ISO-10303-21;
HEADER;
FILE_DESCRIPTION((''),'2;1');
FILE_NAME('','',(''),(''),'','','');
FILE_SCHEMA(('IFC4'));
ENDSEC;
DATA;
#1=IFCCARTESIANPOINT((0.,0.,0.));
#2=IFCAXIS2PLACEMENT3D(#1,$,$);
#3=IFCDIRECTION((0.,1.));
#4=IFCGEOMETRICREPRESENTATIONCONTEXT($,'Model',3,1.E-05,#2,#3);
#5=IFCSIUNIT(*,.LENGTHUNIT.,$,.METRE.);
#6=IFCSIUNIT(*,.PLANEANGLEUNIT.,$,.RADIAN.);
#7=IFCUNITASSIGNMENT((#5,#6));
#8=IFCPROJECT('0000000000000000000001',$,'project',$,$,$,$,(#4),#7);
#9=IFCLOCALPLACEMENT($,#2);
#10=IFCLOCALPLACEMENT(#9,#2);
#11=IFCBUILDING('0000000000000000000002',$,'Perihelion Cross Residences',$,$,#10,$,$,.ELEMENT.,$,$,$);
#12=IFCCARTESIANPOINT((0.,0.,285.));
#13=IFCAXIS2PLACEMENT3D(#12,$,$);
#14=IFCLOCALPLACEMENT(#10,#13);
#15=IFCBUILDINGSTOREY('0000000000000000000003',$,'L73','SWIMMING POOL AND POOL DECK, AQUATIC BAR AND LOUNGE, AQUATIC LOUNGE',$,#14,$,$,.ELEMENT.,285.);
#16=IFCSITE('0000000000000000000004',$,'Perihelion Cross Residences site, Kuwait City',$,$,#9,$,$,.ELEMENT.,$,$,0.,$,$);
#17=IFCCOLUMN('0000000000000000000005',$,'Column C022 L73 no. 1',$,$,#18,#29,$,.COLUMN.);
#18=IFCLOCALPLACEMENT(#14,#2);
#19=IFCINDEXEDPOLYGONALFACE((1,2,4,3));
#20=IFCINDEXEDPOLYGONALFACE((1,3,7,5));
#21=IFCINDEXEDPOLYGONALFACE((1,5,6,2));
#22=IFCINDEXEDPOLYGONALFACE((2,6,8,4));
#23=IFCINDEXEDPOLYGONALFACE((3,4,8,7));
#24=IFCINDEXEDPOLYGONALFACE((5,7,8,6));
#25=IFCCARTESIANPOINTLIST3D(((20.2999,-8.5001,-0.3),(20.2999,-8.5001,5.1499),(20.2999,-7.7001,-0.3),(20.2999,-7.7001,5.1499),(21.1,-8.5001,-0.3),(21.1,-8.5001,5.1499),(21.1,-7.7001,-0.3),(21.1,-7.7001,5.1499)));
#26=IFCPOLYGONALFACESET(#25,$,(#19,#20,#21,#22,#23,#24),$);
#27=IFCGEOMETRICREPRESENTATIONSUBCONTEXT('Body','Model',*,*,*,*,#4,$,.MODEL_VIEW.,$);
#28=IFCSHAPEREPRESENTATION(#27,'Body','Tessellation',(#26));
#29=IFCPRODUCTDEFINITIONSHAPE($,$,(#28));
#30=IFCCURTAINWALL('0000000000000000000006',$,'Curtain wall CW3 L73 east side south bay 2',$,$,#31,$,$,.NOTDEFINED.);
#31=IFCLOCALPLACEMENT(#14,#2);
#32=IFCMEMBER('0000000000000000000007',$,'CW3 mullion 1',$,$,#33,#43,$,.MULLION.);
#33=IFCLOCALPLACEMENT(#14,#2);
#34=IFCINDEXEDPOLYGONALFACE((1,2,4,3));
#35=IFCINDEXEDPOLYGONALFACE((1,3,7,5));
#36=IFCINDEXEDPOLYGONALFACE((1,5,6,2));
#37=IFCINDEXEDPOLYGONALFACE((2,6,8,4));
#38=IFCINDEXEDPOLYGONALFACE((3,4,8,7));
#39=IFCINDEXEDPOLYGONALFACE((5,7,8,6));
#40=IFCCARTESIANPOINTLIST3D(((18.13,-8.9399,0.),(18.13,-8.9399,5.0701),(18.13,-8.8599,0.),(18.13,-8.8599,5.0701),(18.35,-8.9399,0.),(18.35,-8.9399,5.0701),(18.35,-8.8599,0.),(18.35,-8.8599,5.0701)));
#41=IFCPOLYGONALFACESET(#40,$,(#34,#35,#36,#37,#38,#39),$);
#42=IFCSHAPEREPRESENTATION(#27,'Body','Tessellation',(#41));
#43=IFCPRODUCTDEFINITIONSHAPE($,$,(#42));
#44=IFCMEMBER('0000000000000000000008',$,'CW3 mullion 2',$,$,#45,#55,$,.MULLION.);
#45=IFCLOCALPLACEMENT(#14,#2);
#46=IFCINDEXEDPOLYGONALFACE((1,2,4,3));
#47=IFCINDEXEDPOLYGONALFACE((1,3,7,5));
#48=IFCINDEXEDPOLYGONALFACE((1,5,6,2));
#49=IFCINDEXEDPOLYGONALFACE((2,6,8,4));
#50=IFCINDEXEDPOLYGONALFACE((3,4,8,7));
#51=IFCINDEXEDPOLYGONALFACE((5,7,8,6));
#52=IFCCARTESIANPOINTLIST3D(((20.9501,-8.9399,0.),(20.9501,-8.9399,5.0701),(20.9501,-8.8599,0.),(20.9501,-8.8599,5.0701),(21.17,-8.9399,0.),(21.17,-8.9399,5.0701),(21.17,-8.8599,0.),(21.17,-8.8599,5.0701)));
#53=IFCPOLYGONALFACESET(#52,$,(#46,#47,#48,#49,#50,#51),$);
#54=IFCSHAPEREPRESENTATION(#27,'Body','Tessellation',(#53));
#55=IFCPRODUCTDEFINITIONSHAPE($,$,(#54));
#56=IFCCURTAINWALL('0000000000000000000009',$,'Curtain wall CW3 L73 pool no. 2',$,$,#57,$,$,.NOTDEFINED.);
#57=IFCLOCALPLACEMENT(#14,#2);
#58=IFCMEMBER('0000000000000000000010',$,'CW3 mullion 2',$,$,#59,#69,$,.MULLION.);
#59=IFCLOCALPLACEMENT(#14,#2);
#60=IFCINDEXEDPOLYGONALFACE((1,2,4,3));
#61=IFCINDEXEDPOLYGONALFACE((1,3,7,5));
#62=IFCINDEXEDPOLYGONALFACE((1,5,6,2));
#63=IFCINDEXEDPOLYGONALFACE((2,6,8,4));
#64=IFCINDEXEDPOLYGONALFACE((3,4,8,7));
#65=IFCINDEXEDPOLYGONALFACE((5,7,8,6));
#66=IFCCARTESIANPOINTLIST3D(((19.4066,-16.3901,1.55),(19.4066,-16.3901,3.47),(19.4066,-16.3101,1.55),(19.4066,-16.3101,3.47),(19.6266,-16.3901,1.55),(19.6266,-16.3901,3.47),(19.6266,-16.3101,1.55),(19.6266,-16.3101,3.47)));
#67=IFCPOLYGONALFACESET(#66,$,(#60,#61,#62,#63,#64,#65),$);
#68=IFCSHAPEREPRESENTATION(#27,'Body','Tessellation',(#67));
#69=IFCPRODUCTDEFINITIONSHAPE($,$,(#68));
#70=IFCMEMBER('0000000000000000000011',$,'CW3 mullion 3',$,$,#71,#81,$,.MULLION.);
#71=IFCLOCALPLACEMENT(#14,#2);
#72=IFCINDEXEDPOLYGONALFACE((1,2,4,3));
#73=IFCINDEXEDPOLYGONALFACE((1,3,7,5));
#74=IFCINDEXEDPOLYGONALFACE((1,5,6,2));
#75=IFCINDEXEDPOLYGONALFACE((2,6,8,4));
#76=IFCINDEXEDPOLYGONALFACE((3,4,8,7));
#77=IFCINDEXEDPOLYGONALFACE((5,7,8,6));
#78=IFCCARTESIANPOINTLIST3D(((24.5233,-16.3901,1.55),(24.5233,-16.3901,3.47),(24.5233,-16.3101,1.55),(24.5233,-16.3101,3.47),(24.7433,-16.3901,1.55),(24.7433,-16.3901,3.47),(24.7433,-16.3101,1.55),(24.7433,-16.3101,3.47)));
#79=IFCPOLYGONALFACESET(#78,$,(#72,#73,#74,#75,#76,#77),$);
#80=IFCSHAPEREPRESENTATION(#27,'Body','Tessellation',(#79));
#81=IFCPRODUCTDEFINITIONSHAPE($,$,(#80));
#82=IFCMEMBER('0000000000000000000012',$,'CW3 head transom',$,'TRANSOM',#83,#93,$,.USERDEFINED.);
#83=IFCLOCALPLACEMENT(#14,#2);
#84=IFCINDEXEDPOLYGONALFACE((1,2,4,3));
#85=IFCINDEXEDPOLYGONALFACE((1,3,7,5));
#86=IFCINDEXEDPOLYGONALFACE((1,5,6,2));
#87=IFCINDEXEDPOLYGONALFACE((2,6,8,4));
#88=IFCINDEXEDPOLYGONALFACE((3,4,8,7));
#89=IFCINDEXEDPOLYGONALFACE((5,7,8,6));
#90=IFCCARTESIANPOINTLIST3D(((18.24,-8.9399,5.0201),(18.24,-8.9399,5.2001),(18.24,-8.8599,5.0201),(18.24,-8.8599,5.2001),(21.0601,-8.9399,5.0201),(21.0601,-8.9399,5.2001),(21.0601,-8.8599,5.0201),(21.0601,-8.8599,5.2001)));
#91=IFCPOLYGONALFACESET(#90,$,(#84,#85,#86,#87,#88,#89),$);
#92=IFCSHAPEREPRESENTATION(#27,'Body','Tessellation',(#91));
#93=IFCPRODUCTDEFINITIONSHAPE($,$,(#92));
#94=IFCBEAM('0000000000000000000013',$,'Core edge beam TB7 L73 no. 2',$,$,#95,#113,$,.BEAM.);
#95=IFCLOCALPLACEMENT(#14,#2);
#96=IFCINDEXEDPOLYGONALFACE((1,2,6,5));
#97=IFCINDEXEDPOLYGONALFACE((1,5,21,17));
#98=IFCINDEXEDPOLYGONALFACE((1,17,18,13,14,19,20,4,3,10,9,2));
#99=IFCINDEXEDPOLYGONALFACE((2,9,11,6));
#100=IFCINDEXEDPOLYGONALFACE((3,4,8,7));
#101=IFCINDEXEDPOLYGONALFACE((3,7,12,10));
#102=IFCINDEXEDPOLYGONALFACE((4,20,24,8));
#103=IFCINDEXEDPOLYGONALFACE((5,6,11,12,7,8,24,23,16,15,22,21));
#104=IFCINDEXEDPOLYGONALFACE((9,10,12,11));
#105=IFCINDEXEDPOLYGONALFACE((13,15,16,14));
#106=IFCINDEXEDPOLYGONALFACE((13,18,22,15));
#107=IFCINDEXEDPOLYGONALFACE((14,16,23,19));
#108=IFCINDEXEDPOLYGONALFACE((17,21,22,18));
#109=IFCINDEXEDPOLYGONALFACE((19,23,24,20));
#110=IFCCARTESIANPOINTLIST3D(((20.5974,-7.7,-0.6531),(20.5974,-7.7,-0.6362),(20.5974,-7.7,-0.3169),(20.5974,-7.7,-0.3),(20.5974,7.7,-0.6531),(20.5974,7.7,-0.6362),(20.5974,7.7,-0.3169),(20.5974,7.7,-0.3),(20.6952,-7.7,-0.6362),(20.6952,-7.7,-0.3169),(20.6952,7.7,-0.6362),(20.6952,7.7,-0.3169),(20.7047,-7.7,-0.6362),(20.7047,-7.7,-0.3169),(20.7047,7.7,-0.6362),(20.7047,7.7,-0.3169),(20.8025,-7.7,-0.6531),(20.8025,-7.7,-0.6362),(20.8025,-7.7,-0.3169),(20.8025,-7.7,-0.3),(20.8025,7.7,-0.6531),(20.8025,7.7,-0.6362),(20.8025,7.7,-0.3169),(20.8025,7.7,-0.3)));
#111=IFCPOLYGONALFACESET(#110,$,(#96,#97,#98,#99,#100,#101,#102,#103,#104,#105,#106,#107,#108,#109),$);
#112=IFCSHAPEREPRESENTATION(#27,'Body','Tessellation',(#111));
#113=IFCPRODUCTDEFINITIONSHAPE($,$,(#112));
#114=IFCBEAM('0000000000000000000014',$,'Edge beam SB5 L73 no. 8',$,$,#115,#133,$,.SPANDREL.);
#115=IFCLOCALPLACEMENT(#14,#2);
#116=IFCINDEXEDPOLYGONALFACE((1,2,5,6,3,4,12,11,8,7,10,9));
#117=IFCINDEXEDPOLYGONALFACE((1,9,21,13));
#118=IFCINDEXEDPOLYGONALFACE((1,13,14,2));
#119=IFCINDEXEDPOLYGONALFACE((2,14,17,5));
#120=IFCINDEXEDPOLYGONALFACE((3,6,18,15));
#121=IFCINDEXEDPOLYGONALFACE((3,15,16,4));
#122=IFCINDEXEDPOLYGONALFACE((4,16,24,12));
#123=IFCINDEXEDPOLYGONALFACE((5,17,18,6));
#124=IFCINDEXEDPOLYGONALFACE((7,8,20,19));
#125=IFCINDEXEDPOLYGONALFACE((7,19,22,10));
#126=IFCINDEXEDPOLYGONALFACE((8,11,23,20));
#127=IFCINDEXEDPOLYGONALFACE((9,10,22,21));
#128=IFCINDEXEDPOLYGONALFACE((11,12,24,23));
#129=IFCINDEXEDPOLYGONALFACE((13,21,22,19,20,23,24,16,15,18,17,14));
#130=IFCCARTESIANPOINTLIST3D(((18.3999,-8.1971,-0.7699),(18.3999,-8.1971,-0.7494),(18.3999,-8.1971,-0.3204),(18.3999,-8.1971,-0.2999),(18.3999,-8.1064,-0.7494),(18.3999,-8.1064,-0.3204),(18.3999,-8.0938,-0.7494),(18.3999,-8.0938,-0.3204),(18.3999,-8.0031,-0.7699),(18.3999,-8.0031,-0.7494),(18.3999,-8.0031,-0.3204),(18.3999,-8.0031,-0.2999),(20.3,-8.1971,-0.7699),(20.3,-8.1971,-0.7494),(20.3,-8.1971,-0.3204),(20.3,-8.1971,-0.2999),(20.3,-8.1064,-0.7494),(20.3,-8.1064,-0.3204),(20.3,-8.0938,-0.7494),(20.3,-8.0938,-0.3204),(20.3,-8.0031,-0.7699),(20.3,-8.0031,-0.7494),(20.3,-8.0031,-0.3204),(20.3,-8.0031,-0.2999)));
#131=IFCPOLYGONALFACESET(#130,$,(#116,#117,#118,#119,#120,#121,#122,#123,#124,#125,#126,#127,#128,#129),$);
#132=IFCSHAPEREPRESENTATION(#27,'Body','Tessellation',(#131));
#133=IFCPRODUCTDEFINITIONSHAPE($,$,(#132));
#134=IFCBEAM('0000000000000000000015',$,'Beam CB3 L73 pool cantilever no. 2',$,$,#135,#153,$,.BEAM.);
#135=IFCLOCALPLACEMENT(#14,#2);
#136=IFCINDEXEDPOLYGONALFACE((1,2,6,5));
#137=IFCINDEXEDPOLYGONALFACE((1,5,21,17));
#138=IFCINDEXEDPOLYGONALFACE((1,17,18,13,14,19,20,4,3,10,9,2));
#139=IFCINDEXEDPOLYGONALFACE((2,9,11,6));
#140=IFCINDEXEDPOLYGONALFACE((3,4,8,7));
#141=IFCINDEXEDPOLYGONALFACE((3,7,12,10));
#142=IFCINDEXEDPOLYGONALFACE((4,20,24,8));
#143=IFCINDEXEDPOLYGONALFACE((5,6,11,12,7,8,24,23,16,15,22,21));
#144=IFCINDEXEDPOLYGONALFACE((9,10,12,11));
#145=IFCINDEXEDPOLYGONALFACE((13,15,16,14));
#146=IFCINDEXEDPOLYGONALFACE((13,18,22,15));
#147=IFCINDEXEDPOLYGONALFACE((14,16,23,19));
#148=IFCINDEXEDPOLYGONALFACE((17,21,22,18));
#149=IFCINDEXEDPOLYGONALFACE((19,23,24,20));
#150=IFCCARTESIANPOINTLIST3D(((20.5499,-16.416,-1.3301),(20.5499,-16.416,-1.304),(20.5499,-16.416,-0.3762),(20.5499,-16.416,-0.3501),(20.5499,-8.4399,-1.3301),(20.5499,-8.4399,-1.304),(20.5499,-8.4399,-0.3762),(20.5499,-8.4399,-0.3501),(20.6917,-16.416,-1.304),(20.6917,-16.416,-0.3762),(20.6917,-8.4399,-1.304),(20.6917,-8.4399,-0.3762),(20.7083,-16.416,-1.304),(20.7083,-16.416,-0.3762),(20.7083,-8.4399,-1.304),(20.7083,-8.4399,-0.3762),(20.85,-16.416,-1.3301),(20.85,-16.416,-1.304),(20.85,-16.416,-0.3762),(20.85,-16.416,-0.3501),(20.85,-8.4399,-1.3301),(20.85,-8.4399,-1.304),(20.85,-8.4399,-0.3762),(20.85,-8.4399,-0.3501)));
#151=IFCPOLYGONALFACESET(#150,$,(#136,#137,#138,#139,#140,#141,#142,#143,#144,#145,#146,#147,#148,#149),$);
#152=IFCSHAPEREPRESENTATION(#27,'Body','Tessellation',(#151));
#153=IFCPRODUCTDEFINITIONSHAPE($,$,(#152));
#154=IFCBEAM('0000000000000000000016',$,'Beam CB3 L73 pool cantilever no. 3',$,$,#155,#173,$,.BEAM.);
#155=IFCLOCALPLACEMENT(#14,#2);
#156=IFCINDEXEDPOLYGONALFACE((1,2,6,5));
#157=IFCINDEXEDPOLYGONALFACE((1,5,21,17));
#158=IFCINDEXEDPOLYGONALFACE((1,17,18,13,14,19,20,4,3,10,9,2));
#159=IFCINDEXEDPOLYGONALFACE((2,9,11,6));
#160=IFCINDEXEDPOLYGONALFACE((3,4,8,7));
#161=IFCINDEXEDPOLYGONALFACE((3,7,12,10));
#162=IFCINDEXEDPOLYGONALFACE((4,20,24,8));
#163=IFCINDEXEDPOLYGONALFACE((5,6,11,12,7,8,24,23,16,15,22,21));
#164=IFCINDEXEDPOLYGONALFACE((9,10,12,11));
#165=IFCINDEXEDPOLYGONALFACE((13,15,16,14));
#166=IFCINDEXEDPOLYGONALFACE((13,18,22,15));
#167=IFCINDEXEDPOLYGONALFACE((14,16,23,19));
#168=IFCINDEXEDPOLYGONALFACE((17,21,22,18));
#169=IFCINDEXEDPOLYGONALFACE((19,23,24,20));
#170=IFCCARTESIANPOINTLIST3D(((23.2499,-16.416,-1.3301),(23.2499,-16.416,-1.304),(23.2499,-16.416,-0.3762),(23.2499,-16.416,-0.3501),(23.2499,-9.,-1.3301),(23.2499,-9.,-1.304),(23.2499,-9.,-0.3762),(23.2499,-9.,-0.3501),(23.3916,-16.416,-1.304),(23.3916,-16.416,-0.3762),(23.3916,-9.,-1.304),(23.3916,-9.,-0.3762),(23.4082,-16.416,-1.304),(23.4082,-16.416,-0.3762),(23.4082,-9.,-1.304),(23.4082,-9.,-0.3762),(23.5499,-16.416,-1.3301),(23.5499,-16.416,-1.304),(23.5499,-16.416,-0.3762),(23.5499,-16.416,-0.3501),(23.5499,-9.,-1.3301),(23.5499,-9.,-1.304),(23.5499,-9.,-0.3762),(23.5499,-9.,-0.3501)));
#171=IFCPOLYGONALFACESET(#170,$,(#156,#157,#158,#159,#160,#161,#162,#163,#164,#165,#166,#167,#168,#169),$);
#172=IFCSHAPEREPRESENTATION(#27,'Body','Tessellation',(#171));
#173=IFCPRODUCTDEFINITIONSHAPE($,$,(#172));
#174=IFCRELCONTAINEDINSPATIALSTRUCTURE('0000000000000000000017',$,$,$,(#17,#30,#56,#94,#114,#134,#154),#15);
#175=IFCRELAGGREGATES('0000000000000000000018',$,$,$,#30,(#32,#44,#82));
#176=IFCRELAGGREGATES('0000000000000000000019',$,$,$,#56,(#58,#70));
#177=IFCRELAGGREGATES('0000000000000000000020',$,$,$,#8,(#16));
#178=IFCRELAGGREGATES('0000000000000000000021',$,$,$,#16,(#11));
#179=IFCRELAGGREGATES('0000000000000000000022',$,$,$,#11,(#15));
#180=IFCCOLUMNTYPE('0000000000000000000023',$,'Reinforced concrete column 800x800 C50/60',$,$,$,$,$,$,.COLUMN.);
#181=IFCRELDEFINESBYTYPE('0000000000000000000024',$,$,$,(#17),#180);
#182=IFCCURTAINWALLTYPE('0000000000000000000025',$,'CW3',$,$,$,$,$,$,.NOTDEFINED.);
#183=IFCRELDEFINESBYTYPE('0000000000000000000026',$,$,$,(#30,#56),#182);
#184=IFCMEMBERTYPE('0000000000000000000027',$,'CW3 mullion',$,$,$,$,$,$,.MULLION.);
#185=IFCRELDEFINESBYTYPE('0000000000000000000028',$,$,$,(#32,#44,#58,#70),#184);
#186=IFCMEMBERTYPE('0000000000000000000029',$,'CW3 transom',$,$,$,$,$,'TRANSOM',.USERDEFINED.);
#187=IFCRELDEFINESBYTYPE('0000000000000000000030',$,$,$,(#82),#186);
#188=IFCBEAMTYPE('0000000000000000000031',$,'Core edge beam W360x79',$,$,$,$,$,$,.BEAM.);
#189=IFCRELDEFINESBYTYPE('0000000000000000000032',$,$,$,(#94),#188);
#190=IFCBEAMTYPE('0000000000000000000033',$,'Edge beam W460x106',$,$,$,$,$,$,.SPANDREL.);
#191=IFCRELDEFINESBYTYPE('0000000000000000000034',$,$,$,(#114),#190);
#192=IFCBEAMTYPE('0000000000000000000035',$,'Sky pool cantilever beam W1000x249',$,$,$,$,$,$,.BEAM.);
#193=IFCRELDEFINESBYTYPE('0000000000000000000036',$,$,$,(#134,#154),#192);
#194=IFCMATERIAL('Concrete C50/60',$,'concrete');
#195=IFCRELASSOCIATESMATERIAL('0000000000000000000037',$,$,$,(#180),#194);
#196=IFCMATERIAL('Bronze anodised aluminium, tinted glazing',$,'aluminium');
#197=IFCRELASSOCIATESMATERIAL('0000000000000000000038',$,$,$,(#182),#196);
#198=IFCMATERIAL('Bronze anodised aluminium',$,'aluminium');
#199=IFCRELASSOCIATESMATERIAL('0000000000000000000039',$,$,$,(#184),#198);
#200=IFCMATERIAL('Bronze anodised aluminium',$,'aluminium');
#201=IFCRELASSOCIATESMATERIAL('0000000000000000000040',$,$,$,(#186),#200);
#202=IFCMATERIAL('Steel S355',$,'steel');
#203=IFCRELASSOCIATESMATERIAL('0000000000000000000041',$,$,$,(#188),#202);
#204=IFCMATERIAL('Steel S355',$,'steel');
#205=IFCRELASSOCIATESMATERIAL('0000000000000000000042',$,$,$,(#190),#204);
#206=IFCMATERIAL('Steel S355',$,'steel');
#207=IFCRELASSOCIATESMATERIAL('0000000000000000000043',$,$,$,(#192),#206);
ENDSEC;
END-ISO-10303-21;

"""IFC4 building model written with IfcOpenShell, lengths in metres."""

from ifc_helpers import new_model, si_unit, direction, frame, origin, origin_2d, place, context, subcontext, project, spatial, rectangle, i_section, extrude, material, material_profile, profile_set, type_object, element, aggregate, save


model = new_model("IFC4")

# Units and contexts
model_context = context("Model", 3, precision=1e-05, world=origin(), true_north=direction((0.0, 1.0)))
body_context = subcontext(model_context, "Body", "Model", "MODEL_VIEW")
ifc_project = project(units=[si_unit("LENGTHUNIT", "METRE"), si_unit("PLANEANGLEUNIT", "RADIAN")], contexts=[model_context])

# Site, building, storey
site_placement = place(None, origin())
site = spatial("IfcSite", under=ifc_project, at=site_placement, Name="Perihelion Cross Residences site, Kuwait City", CompositionType="ELEMENT", RefElevation=0.0)
building_placement = place(site_placement, origin())
building = spatial("IfcBuilding", under=site, at=building_placement, Name="Perihelion Cross Residences", CompositionType="ELEMENT")
storey_placement = place(building_placement, frame((0.0, 0.0, 285.0)))
storey = spatial("IfcBuildingStorey", under=building, at=storey_placement, Name="L73", Description="SWIMMING POOL AND POOL DECK, AQUATIC BAR AND LOUNGE, AQUATIC LOUNGE", CompositionType="ELEMENT", Elevation=285.0)

# Column
ifc_material_1 = material(Name="Concrete C50/60", Category="concrete")
ifc_material_profile_1 = material_profile(ifc_material_1, rectangle(XDim=0.8, YDim=0.8, at=origin_2d()), Name="RC 800x800")
ifc_profile_set_1 = profile_set([ifc_material_profile_1], Name="Concrete C50/60")
column_type = type_object("IfcColumnType", Name="Reinforced concrete column 800x800 C50/60", PredefinedType="COLUMN", material=ifc_profile_set_1)
column_placement = place(storey_placement, frame((20.7, -8.1001, -0.3), z_axis=(0.0, 0.0, 1.0), x_axis=(1.0, 0.0, 0.0)))
element("IfcColumn", 1, at=column_placement, inside=storey, type_object=column_type, Name="Column C022 L73 no. 1", PredefinedType="COLUMN", context=body_context, shape_type="SweptSolid", body=[
    extrude(rectangle(XDim=0.8, YDim=0.8, at=origin_2d()), origin(), (0.0, 0.0, 1.0), 5.45),
])

# Curtain walls, members
ifc_material_2 = material(Name="Bronze anodised aluminium, tinted glazing", Category="aluminium")
curtain_wall_type = type_object("IfcCurtainWallType", Name="CW3", PredefinedType="NOTDEFINED", material=ifc_material_2)
curtain_wall_1_placement = place(storey_placement, origin())
curtain_wall_1 = element("IfcCurtainWall", 2, at=curtain_wall_1_placement, inside=storey, type_object=curtain_wall_type, Name="Curtain wall CW3 L73 east side south bay 2", PredefinedType="NOTDEFINED")
ifc_material_3 = material(Name="Bronze anodised aluminium", Category="aluminium")
ifc_material_profile_2 = material_profile(ifc_material_3, rectangle(XDim=0.0801, YDim=0.22, at=origin_2d()), Name="CW3 mullion")
ifc_profile_set_2 = profile_set([ifc_material_profile_2], Name="Bronze anodised aluminium")
member_type_1 = type_object("IfcMemberType", Name="CW3 mullion", PredefinedType="MULLION", material=ifc_profile_set_2)
member_1_placement = place(storey_placement, frame((18.24, -8.8999, 0.0), z_axis=(0.0, 0.0, 1.0), x_axis=(0.0, 1.0, 0.0)))
member_1 = element("IfcMember", 3, at=member_1_placement, type_object=member_type_1, Name="CW3 mullion 1", PredefinedType="MULLION", context=body_context, shape_type="SweptSolid", body=[
    extrude(rectangle(XDim=0.0801, YDim=0.22, at=origin_2d()), origin(), (0.0, 0.0, 1.0), 5.0701),
])
member_2_placement = place(storey_placement, frame((21.0601, -8.8999, 0.0), z_axis=(0.0, 0.0, 1.0), x_axis=(0.0, 1.0, 0.0)))
member_2 = element("IfcMember", 4, at=member_2_placement, type_object=member_type_1, Name="CW3 mullion 2", PredefinedType="MULLION", context=body_context, shape_type="SweptSolid", body=[
    extrude(rectangle(XDim=0.0801, YDim=0.22, at=origin_2d()), origin(), (0.0, 0.0, 1.0), 5.0701),
])
curtain_wall_2_placement = place(storey_placement, origin())
curtain_wall_2 = element("IfcCurtainWall", 5, at=curtain_wall_2_placement, inside=storey, type_object=curtain_wall_type, Name="Curtain wall CW3 L73 pool no. 2", PredefinedType="NOTDEFINED")
member_3_placement = place(storey_placement, frame((19.5166, -16.3501, 1.55), z_axis=(0.0, 0.0, 1.0), x_axis=(0.0, 1.0, 0.0)))
member_3 = element("IfcMember", 6, at=member_3_placement, type_object=member_type_1, Name="CW3 mullion 2", PredefinedType="MULLION", context=body_context, shape_type="SweptSolid", body=[
    extrude(rectangle(XDim=0.0801, YDim=0.22, at=origin_2d()), origin(), (0.0, 0.0, 1.0), 1.9199),
])
member_4_placement = place(storey_placement, frame((24.6333, -16.3501, 1.55), z_axis=(0.0, 0.0, 1.0), x_axis=(0.0, 1.0, 0.0)))
member_4 = element("IfcMember", 7, at=member_4_placement, type_object=member_type_1, Name="CW3 mullion 3", PredefinedType="MULLION", context=body_context, shape_type="SweptSolid", body=[
    extrude(rectangle(XDim=0.0801, YDim=0.22, at=origin_2d()), origin(), (0.0, 0.0, 1.0), 1.9199),
])

# Member
ifc_material_4 = material(Name="Bronze anodised aluminium", Category="aluminium")
ifc_material_profile_3 = material_profile(ifc_material_4, rectangle(XDim=0.0801, YDim=0.1799, at=origin_2d()), Name="CW3 transom")
ifc_profile_set_3 = profile_set([ifc_material_profile_3], Name="Bronze anodised aluminium")
member_type_2 = type_object("IfcMemberType", Name="CW3 transom", ElementType="TRANSOM", PredefinedType="USERDEFINED", material=ifc_profile_set_3)
member_5_placement = place(storey_placement, frame((18.24, -8.8999, 5.1101), z_axis=(1.0, 0.0, 0.0), x_axis=(0.0, 1.0, 0.0)))
member_5 = element("IfcMember", 8, at=member_5_placement, type_object=member_type_2, Name="CW3 head transom", ObjectType="TRANSOM", PredefinedType="USERDEFINED", context=body_context, shape_type="SweptSolid", body=[
    extrude(rectangle(XDim=0.0801, YDim=0.1799, at=origin_2d()), origin(), (0.0, 0.0, 1.0), 2.8201),
])

# Beams
ifc_material_5 = material(Name="Steel S355", Category="steel")
ifc_material_profile_4 = material_profile(ifc_material_5, i_section(OverallWidth=0.2051, OverallDepth=0.353, WebThickness=0.0095, FlangeThickness=0.0168, at=origin_2d()), Name="W360x79")
ifc_profile_set_4 = profile_set([ifc_material_profile_4], Name="Steel S355")
beam_type_1 = type_object("IfcBeamType", Name="Core edge beam W360x79", PredefinedType="BEAM", material=ifc_profile_set_4)
beam_1_placement = place(storey_placement, frame((20.7, -7.7, -0.4766), z_axis=(0.0, 1.0, 0.0), x_axis=(-1.0, 0.0, 0.0)))
element("IfcBeam", 9, at=beam_1_placement, inside=storey, type_object=beam_type_1, Name="Core edge beam TB7 L73 no. 2", PredefinedType="BEAM", context=body_context, shape_type="SweptSolid", body=[
    extrude(i_section(OverallWidth=0.2051, OverallDepth=0.353, WebThickness=0.0095, FlangeThickness=0.0168, at=origin_2d()), origin(), (0.0, 0.0, 1.0), 15.3999),
])
ifc_material_6 = material(Name="Steel S355", Category="steel")
ifc_material_profile_5 = material_profile(ifc_material_6, i_section(OverallWidth=0.1941, OverallDepth=0.47, WebThickness=0.0127, FlangeThickness=0.0205, at=origin_2d()), Name="W460x106")
ifc_profile_set_5 = profile_set([ifc_material_profile_5], Name="Steel S355")
beam_type_2 = type_object("IfcBeamType", Name="Edge beam W460x106", PredefinedType="SPANDREL", material=ifc_profile_set_5)
beam_2_placement = place(storey_placement, frame((18.3999, -8.1001, -0.5349), z_axis=(1.0, 0.0, 0.0), x_axis=(0.0, 1.0, 0.0)))
element("IfcBeam", 10, at=beam_2_placement, inside=storey, type_object=beam_type_2, Name="Edge beam SB5 L73 no. 8", PredefinedType="SPANDREL", context=body_context, shape_type="SweptSolid", body=[
    extrude(i_section(OverallWidth=0.1941, OverallDepth=0.47, WebThickness=0.0127, FlangeThickness=0.0205, at=origin_2d()), origin(), (0.0, 0.0, 1.0), 1.9001),
])
ifc_material_7 = material(Name="Steel S355", Category="steel")
ifc_material_profile_6 = material_profile(ifc_material_7, i_section(OverallWidth=0.3, OverallDepth=0.98, WebThickness=0.0166, FlangeThickness=0.0261, at=origin_2d()), Name="W1000x249")
ifc_profile_set_6 = profile_set([ifc_material_profile_6], Name="Steel S355")
beam_type_3 = type_object("IfcBeamType", Name="Sky pool cantilever beam W1000x249", PredefinedType="BEAM", material=ifc_profile_set_6)
beam_3_placement = place(storey_placement, frame((20.7, -8.4399, -0.8401), z_axis=(0.0, -1.0, 0.0), x_axis=(1.0, 0.0, 0.0)))
element("IfcBeam", 11, at=beam_3_placement, inside=storey, type_object=beam_type_3, Name="Beam CB3 L73 pool cantilever no. 2", PredefinedType="BEAM", context=body_context, shape_type="SweptSolid", body=[
    extrude(i_section(OverallWidth=0.3, OverallDepth=0.98, WebThickness=0.0166, FlangeThickness=0.0261, at=origin_2d()), origin(), (0.0, 0.0, 1.0), 7.9761),
])
beam_4_placement = place(storey_placement, frame((23.3999, -9.0, -0.8401), z_axis=(0.0, -1.0, 0.0), x_axis=(1.0, 0.0, 0.0)))
element("IfcBeam", 12, at=beam_4_placement, inside=storey, type_object=beam_type_3, Name="Beam CB3 L73 pool cantilever no. 3", PredefinedType="BEAM", context=body_context, shape_type="SweptSolid", body=[
    extrude(i_section(OverallWidth=0.3, OverallDepth=0.98, WebThickness=0.0166, FlangeThickness=0.0261, at=origin_2d()), origin(), (0.0, 0.0, 1.0), 7.416),
])

aggregate(curtain_wall_1, [member_1, member_2, member_5])
aggregate(curtain_wall_2, [member_3, member_4])

save(model, "model.ifc")
